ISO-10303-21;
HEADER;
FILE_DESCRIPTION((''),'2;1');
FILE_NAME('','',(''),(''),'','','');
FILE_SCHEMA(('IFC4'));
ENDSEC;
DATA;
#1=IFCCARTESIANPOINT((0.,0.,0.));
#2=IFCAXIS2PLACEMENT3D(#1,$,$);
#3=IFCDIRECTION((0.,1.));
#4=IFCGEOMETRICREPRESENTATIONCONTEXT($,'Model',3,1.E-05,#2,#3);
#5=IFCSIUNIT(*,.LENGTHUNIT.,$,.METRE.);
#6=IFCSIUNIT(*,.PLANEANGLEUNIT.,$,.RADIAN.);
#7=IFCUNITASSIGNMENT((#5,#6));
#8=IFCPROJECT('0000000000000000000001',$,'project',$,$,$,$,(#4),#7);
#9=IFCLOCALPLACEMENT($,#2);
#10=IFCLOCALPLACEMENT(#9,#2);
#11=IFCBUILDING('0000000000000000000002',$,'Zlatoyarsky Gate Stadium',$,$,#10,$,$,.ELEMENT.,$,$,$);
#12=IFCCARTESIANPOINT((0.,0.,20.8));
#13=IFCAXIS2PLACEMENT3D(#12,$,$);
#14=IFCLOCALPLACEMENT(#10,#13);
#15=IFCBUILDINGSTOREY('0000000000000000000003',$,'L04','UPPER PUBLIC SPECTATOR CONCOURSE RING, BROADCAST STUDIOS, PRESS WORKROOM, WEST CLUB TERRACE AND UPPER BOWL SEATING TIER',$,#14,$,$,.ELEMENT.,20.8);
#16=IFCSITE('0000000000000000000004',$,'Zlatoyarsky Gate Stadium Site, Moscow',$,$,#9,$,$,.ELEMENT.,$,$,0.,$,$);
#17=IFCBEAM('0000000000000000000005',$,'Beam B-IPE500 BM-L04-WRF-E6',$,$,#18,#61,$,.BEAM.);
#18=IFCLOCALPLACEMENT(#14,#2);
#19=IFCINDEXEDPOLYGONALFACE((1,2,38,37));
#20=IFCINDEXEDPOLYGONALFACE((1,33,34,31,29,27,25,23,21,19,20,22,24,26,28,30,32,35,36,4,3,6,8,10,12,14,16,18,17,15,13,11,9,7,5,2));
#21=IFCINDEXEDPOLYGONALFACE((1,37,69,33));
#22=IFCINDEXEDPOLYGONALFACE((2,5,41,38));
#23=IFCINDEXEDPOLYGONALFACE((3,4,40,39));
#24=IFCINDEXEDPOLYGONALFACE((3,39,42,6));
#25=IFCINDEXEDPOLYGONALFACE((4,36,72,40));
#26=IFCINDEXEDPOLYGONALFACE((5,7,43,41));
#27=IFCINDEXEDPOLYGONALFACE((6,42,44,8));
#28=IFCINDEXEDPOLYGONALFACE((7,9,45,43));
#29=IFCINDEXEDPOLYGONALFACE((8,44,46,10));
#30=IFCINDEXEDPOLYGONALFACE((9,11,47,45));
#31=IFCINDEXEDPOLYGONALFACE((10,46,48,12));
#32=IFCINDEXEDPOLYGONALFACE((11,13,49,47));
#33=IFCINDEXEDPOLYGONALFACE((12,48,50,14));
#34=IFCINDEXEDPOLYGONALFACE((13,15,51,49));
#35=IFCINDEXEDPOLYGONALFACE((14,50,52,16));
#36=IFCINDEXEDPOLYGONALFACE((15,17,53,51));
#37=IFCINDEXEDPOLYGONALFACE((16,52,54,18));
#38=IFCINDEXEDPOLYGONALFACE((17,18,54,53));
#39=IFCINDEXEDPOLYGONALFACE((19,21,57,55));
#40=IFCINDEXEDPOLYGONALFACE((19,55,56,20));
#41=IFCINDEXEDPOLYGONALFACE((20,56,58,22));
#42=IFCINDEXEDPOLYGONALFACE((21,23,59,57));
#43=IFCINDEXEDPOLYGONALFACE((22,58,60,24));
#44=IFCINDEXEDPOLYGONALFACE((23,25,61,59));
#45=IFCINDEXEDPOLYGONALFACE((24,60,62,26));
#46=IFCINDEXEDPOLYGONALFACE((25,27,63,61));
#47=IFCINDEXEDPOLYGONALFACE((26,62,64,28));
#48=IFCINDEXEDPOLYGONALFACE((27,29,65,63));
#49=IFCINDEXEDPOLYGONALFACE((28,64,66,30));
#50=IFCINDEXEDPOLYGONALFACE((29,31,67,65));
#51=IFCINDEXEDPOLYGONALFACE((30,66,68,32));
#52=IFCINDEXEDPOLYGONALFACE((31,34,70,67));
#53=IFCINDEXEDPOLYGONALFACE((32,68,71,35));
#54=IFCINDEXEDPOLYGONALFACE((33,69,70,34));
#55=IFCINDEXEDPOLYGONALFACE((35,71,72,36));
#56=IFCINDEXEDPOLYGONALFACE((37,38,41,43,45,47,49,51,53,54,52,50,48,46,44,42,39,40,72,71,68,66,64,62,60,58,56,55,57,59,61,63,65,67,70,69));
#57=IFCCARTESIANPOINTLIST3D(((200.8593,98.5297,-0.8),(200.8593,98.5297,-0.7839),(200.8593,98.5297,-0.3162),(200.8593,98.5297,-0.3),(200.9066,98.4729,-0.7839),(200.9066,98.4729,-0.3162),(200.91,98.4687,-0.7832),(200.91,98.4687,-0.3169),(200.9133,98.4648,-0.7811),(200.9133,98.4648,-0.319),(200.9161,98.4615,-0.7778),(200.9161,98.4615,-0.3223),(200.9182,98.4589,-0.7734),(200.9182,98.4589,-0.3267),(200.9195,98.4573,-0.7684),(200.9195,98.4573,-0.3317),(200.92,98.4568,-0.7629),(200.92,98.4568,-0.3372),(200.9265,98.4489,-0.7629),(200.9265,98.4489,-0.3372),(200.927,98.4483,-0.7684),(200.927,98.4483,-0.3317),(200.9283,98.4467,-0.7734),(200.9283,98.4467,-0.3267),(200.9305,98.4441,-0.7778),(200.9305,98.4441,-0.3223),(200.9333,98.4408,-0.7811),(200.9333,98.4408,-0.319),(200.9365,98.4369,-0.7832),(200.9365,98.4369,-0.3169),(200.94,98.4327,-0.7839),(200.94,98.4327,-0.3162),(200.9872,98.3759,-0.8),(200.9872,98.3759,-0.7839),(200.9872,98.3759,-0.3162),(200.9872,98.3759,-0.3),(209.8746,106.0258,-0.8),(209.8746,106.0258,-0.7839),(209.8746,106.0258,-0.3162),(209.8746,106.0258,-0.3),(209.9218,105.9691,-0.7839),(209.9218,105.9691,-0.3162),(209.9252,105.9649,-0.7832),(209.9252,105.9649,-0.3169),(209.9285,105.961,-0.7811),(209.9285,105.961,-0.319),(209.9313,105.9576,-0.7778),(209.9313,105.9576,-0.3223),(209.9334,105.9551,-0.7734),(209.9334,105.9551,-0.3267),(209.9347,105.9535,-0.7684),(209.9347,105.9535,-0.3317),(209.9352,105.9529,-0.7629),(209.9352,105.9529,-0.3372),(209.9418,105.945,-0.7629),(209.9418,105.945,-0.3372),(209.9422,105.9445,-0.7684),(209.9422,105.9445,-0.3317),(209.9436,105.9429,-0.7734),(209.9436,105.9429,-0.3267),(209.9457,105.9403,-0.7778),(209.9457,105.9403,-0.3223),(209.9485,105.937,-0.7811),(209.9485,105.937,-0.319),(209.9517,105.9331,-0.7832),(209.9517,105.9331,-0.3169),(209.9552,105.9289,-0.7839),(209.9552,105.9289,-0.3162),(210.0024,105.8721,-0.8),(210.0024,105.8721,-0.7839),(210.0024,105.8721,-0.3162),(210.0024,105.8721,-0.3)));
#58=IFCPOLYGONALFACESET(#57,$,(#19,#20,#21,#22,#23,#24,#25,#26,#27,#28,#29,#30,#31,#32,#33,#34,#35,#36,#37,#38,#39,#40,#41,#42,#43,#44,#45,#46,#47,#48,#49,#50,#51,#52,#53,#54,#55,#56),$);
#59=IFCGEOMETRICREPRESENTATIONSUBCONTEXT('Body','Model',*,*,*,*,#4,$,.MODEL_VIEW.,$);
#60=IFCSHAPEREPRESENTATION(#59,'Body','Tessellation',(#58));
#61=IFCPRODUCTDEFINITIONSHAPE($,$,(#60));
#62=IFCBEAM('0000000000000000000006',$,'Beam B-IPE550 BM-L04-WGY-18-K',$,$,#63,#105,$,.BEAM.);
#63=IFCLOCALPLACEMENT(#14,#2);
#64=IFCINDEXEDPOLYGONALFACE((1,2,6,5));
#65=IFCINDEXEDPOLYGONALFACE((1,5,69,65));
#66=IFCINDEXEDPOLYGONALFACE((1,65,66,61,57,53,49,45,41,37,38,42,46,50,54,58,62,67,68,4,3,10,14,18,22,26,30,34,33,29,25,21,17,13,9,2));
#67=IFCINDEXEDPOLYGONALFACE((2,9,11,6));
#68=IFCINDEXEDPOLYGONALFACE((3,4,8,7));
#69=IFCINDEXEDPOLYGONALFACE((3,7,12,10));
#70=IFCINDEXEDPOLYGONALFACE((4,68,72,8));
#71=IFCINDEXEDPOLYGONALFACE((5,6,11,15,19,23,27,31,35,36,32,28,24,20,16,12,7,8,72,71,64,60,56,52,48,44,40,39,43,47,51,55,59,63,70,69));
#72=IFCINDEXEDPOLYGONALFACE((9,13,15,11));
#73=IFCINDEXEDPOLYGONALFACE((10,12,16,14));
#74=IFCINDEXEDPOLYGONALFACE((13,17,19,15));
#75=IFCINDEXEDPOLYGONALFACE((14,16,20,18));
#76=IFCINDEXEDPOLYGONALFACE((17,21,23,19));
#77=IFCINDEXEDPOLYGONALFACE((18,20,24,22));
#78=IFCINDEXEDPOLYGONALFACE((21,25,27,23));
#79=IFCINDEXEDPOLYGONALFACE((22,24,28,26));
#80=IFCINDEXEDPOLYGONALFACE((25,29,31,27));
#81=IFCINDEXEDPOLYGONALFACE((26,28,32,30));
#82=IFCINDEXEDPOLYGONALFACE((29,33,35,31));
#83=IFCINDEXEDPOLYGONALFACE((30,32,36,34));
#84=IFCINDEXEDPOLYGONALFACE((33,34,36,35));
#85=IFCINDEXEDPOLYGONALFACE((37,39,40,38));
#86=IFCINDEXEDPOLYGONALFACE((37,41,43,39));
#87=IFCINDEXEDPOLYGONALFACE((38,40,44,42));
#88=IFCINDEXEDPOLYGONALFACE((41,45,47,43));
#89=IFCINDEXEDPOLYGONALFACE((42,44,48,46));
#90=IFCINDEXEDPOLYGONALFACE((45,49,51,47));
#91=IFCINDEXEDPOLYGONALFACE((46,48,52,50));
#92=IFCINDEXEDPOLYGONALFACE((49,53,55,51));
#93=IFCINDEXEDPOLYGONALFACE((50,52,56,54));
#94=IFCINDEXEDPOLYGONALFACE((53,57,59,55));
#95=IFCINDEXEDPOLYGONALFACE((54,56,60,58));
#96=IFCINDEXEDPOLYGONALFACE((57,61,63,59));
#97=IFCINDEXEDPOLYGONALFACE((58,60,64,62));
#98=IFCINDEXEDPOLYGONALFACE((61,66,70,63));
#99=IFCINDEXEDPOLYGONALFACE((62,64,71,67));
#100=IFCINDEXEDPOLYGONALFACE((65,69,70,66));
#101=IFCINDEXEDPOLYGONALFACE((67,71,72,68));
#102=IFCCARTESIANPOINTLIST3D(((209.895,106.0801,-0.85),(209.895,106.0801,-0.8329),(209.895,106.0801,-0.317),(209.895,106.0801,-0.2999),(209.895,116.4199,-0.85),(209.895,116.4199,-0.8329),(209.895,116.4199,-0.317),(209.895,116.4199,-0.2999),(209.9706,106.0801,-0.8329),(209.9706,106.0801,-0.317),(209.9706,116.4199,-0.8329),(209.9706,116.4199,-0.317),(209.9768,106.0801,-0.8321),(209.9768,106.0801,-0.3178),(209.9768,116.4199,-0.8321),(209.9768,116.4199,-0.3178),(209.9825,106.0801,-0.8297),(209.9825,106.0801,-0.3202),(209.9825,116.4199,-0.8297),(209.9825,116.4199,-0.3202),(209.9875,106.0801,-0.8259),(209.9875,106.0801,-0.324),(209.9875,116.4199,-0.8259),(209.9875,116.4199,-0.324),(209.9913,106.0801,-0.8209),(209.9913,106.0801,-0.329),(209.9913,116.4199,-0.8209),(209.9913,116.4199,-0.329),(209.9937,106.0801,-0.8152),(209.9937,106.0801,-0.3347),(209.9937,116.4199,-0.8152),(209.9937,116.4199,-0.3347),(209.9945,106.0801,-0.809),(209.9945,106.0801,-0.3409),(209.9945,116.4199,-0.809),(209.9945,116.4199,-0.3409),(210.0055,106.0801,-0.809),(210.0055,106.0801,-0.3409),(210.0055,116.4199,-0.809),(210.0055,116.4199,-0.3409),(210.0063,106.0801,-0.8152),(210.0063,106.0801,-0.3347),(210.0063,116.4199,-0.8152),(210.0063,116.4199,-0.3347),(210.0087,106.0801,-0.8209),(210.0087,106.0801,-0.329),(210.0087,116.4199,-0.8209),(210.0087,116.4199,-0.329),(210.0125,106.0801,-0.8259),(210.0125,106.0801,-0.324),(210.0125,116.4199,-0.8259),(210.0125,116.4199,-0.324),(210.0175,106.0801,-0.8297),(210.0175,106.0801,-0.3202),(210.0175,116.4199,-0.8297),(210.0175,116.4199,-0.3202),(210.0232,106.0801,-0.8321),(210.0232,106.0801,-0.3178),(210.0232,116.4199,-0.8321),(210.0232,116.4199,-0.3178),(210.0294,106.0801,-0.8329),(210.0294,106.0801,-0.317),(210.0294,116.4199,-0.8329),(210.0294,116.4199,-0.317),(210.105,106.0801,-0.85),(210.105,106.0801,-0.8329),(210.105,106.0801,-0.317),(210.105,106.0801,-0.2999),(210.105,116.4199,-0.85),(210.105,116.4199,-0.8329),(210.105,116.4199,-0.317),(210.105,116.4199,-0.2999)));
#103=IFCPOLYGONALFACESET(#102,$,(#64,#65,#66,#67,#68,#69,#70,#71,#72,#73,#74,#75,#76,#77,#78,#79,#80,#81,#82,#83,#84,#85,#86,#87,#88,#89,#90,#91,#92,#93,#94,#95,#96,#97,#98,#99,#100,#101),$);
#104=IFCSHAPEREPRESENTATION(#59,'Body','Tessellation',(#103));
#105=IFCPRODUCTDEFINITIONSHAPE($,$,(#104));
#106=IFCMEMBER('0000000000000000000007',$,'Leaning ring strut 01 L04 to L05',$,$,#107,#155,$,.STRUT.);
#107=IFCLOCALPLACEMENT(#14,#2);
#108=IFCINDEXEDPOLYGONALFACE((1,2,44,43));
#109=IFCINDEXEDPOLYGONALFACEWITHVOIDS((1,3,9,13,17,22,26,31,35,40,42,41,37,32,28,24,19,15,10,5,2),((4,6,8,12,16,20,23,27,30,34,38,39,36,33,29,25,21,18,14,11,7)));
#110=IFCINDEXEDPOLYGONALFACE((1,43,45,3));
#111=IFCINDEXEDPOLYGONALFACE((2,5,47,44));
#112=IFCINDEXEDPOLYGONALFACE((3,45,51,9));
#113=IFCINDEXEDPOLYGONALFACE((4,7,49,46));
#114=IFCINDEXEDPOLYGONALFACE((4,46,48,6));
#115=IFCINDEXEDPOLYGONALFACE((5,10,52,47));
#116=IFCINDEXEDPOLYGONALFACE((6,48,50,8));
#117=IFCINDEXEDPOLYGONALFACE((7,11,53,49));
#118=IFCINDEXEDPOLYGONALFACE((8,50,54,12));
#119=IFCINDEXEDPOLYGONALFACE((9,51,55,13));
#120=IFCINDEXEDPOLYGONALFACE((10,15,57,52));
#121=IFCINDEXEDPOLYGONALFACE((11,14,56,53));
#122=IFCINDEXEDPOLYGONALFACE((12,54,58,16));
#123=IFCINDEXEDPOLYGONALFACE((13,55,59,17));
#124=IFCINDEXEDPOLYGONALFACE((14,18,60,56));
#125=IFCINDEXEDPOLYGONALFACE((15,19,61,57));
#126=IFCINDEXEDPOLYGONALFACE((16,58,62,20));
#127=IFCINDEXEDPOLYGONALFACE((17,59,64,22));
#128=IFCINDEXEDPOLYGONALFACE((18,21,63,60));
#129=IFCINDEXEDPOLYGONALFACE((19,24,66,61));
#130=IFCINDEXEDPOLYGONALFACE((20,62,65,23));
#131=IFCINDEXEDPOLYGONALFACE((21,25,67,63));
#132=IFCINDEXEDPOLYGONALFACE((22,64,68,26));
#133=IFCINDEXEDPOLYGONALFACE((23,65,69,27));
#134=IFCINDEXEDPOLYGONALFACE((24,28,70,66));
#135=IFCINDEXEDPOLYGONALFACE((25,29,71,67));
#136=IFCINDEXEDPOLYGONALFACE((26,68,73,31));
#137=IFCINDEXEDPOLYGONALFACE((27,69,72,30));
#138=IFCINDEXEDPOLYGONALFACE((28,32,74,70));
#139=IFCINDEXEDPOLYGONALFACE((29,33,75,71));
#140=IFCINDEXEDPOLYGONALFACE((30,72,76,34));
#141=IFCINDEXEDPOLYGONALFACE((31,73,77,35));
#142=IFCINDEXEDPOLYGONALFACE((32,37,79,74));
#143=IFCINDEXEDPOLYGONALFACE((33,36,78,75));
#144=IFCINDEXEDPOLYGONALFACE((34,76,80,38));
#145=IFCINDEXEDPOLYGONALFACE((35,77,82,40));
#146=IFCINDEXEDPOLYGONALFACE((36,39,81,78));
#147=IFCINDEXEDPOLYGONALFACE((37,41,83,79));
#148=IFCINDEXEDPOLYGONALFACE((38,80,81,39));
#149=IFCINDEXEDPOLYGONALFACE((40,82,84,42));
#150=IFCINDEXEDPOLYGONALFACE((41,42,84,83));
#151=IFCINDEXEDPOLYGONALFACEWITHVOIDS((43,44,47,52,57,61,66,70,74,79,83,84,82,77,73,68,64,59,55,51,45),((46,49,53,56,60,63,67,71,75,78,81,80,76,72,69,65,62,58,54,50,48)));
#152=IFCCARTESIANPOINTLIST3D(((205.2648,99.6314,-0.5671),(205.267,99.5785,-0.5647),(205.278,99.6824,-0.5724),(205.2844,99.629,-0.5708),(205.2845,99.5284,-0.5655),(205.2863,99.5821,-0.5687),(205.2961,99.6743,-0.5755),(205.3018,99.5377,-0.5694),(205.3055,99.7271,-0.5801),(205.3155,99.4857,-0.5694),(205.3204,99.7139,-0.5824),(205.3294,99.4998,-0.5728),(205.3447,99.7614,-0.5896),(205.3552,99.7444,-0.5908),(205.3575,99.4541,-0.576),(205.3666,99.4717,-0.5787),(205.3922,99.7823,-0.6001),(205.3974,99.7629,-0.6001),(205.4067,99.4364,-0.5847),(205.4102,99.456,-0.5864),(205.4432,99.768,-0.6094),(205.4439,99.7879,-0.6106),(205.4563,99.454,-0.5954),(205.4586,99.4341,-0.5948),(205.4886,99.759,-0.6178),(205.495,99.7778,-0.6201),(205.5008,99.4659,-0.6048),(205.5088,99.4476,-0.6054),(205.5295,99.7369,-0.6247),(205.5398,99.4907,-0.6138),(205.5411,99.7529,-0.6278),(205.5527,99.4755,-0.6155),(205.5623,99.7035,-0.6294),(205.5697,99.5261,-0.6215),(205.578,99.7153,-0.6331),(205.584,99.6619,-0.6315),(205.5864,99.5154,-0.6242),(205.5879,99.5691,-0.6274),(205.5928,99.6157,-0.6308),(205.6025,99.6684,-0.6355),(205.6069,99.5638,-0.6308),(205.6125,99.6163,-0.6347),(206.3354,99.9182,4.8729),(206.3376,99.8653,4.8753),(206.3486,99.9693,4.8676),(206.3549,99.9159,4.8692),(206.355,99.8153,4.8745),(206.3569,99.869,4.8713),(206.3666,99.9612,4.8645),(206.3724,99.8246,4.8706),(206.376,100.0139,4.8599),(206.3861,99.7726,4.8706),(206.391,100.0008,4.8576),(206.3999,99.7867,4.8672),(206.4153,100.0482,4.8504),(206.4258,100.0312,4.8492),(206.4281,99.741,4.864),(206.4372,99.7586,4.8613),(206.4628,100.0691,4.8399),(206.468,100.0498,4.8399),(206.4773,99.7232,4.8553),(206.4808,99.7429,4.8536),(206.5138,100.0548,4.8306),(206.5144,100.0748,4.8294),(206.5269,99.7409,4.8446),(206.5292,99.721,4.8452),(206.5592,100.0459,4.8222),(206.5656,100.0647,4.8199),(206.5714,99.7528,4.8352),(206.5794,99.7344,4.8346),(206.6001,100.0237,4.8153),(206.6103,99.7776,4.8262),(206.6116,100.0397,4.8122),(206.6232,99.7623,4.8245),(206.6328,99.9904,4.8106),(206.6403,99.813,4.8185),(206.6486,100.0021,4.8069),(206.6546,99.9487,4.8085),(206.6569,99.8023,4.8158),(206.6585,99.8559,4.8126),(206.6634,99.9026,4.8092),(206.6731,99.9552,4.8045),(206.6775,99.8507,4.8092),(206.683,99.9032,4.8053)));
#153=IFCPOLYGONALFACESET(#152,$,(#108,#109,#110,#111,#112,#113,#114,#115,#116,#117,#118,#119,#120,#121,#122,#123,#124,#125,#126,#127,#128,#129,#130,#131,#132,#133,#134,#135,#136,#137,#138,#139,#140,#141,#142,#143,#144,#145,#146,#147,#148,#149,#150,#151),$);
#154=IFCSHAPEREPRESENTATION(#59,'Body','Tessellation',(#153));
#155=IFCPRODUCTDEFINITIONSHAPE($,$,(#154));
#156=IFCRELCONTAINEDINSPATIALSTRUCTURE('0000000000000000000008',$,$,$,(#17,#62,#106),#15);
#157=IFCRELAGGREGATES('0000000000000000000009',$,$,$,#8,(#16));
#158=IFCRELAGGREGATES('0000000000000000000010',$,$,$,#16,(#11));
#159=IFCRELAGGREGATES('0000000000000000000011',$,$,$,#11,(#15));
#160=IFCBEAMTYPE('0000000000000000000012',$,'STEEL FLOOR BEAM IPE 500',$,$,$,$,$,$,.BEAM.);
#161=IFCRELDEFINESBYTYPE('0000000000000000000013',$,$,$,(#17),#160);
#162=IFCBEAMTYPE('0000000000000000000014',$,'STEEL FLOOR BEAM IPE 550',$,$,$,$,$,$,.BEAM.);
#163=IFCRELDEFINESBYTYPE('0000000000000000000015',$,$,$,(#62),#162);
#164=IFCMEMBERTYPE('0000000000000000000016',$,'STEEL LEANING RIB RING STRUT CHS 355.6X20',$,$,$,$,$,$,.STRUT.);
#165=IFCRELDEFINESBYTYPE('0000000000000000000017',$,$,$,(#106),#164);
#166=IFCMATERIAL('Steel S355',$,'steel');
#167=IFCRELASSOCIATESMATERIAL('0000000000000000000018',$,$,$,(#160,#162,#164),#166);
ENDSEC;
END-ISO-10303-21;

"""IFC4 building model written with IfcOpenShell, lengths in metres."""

from ifc_helpers import new_model, si_unit, direction, frame, origin, origin_2d, place, context, subcontext, project, spatial, hollow_circle, i_section, extrude, material, material_profile, profile_set, type_object, element, save


model = new_model("IFC4")

# Units and contexts
model_context = context("Model", 3, precision=1e-05, world=origin(), true_north=direction((0.0, 1.0)))
body_context = subcontext(model_context, "Body", "Model", "MODEL_VIEW")
ifc_project = project(units=[si_unit("LENGTHUNIT", "METRE"), si_unit("PLANEANGLEUNIT", "RADIAN")], contexts=[model_context])

# Site, building, storey
site_placement = place(None, origin())
site = spatial("IfcSite", under=ifc_project, at=site_placement, Name="Zlatoyarsky Gate Stadium Site, Moscow", CompositionType="ELEMENT", RefElevation=0.0)
building_placement = place(site_placement, origin())
building = spatial("IfcBuilding", under=site, at=building_placement, Name="Zlatoyarsky Gate Stadium", CompositionType="ELEMENT")
storey_placement = place(building_placement, frame((0.0, 0.0, 20.8)))
storey = spatial("IfcBuildingStorey", under=building, at=storey_placement, Name="L04", Description="UPPER PUBLIC SPECTATOR CONCOURSE RING, BROADCAST STUDIOS, PRESS WORKROOM, WEST CLUB TERRACE AND UPPER BOWL SEATING TIER", CompositionType="ELEMENT", Elevation=20.8)

# Shared definitions
ifc_material_1 = material(Name="Steel S355", Category="steel")

# Beams
ifc_material_profile_1 = material_profile(ifc_material_1, i_section(OverallWidth=0.2, OverallDepth=0.5, WebThickness=0.0103, FlangeThickness=0.0161, FilletRadius=0.021, at=origin_2d()), Name="IPE 500")
ifc_profile_set_1 = profile_set([ifc_material_profile_1], Name="Steel S355")
beam_type_1 = type_object("IfcBeamType", Name="STEEL FLOOR BEAM IPE 500", PredefinedType="BEAM", material=ifc_profile_set_1)
beam_1_placement = place(storey_placement, frame((209.9385, 105.949, -0.55), z_axis=(-0.768914, -0.639352, 0.0), x_axis=(0.639352, -0.768914, 0.0)))
element("IfcBeam", 1, at=beam_1_placement, inside=storey, type_object=beam_type_1, Name="Beam B-IPE500 BM-L04-WRF-E6", PredefinedType="BEAM", context=body_context, shape_type="SweptSolid", body=[
    extrude(i_section(OverallWidth=0.2, OverallDepth=0.5, WebThickness=0.0103, FlangeThickness=0.0161, FilletRadius=0.021, at=origin_2d()), origin(), (0.0, 0.0, 1.0), 11.7246),
])
ifc_material_profile_2 = material_profile(ifc_material_1, i_section(OverallWidth=0.21, OverallDepth=0.55, WebThickness=0.011, FlangeThickness=0.0171, FilletRadius=0.0239, at=origin_2d()), Name="IPE 550")
ifc_profile_set_2 = profile_set([ifc_material_profile_2], Name="Steel S355")
beam_type_2 = type_object("IfcBeamType", Name="STEEL FLOOR BEAM IPE 550", PredefinedType="BEAM", material=ifc_profile_set_2)
beam_2_placement = place(storey_placement, frame((210.0, 106.0801, -0.575), z_axis=(0.0, 1.0, 0.0), x_axis=(-1.0, 0.0, 0.0)))
element("IfcBeam", 2, at=beam_2_placement, inside=storey, type_object=beam_type_2, Name="Beam B-IPE550 BM-L04-WGY-18-K", PredefinedType="BEAM", context=body_context, shape_type="SweptSolid", body=[
    extrude(i_section(OverallWidth=0.21, OverallDepth=0.55, WebThickness=0.011, FlangeThickness=0.0171, FilletRadius=0.0239, at=origin_2d()), origin(), (0.0, 0.0, 1.0), 10.3398),
])

# Member
ifc_material_profile_3 = material_profile(ifc_material_1, hollow_circle(Radius=0.1777, WallThickness=0.02, at=origin_2d()), Name="CHS 355.6X20")
ifc_profile_set_3 = profile_set([ifc_material_profile_3], Name="Steel S355")
member_type_1 = type_object("IfcMemberType", Name="STEEL LEANING RIB RING STRUT CHS 355.6X20", PredefinedType="STRUT", material=ifc_profile_set_3)
member_1_placement = place(storey_placement, frame((205.4382, 99.6106, -0.6001), z_axis=(0.192834, 0.051672, 0.97987), x_axis=(-0.258828, 0.965923, 0.0)))
element("IfcMember", 3, at=member_1_placement, inside=storey, type_object=member_type_1, Name="Leaning ring strut 01 L04 to L05", PredefinedType="STRUT", context=body_context, shape_type="SweptSolid", body=[
    extrude(hollow_circle(Radius=0.1777, WallThickness=0.02, at=origin_2d()), origin(), (0.0, 0.0, 1.0), 5.5518),
])

save(model, "model.ifc")
